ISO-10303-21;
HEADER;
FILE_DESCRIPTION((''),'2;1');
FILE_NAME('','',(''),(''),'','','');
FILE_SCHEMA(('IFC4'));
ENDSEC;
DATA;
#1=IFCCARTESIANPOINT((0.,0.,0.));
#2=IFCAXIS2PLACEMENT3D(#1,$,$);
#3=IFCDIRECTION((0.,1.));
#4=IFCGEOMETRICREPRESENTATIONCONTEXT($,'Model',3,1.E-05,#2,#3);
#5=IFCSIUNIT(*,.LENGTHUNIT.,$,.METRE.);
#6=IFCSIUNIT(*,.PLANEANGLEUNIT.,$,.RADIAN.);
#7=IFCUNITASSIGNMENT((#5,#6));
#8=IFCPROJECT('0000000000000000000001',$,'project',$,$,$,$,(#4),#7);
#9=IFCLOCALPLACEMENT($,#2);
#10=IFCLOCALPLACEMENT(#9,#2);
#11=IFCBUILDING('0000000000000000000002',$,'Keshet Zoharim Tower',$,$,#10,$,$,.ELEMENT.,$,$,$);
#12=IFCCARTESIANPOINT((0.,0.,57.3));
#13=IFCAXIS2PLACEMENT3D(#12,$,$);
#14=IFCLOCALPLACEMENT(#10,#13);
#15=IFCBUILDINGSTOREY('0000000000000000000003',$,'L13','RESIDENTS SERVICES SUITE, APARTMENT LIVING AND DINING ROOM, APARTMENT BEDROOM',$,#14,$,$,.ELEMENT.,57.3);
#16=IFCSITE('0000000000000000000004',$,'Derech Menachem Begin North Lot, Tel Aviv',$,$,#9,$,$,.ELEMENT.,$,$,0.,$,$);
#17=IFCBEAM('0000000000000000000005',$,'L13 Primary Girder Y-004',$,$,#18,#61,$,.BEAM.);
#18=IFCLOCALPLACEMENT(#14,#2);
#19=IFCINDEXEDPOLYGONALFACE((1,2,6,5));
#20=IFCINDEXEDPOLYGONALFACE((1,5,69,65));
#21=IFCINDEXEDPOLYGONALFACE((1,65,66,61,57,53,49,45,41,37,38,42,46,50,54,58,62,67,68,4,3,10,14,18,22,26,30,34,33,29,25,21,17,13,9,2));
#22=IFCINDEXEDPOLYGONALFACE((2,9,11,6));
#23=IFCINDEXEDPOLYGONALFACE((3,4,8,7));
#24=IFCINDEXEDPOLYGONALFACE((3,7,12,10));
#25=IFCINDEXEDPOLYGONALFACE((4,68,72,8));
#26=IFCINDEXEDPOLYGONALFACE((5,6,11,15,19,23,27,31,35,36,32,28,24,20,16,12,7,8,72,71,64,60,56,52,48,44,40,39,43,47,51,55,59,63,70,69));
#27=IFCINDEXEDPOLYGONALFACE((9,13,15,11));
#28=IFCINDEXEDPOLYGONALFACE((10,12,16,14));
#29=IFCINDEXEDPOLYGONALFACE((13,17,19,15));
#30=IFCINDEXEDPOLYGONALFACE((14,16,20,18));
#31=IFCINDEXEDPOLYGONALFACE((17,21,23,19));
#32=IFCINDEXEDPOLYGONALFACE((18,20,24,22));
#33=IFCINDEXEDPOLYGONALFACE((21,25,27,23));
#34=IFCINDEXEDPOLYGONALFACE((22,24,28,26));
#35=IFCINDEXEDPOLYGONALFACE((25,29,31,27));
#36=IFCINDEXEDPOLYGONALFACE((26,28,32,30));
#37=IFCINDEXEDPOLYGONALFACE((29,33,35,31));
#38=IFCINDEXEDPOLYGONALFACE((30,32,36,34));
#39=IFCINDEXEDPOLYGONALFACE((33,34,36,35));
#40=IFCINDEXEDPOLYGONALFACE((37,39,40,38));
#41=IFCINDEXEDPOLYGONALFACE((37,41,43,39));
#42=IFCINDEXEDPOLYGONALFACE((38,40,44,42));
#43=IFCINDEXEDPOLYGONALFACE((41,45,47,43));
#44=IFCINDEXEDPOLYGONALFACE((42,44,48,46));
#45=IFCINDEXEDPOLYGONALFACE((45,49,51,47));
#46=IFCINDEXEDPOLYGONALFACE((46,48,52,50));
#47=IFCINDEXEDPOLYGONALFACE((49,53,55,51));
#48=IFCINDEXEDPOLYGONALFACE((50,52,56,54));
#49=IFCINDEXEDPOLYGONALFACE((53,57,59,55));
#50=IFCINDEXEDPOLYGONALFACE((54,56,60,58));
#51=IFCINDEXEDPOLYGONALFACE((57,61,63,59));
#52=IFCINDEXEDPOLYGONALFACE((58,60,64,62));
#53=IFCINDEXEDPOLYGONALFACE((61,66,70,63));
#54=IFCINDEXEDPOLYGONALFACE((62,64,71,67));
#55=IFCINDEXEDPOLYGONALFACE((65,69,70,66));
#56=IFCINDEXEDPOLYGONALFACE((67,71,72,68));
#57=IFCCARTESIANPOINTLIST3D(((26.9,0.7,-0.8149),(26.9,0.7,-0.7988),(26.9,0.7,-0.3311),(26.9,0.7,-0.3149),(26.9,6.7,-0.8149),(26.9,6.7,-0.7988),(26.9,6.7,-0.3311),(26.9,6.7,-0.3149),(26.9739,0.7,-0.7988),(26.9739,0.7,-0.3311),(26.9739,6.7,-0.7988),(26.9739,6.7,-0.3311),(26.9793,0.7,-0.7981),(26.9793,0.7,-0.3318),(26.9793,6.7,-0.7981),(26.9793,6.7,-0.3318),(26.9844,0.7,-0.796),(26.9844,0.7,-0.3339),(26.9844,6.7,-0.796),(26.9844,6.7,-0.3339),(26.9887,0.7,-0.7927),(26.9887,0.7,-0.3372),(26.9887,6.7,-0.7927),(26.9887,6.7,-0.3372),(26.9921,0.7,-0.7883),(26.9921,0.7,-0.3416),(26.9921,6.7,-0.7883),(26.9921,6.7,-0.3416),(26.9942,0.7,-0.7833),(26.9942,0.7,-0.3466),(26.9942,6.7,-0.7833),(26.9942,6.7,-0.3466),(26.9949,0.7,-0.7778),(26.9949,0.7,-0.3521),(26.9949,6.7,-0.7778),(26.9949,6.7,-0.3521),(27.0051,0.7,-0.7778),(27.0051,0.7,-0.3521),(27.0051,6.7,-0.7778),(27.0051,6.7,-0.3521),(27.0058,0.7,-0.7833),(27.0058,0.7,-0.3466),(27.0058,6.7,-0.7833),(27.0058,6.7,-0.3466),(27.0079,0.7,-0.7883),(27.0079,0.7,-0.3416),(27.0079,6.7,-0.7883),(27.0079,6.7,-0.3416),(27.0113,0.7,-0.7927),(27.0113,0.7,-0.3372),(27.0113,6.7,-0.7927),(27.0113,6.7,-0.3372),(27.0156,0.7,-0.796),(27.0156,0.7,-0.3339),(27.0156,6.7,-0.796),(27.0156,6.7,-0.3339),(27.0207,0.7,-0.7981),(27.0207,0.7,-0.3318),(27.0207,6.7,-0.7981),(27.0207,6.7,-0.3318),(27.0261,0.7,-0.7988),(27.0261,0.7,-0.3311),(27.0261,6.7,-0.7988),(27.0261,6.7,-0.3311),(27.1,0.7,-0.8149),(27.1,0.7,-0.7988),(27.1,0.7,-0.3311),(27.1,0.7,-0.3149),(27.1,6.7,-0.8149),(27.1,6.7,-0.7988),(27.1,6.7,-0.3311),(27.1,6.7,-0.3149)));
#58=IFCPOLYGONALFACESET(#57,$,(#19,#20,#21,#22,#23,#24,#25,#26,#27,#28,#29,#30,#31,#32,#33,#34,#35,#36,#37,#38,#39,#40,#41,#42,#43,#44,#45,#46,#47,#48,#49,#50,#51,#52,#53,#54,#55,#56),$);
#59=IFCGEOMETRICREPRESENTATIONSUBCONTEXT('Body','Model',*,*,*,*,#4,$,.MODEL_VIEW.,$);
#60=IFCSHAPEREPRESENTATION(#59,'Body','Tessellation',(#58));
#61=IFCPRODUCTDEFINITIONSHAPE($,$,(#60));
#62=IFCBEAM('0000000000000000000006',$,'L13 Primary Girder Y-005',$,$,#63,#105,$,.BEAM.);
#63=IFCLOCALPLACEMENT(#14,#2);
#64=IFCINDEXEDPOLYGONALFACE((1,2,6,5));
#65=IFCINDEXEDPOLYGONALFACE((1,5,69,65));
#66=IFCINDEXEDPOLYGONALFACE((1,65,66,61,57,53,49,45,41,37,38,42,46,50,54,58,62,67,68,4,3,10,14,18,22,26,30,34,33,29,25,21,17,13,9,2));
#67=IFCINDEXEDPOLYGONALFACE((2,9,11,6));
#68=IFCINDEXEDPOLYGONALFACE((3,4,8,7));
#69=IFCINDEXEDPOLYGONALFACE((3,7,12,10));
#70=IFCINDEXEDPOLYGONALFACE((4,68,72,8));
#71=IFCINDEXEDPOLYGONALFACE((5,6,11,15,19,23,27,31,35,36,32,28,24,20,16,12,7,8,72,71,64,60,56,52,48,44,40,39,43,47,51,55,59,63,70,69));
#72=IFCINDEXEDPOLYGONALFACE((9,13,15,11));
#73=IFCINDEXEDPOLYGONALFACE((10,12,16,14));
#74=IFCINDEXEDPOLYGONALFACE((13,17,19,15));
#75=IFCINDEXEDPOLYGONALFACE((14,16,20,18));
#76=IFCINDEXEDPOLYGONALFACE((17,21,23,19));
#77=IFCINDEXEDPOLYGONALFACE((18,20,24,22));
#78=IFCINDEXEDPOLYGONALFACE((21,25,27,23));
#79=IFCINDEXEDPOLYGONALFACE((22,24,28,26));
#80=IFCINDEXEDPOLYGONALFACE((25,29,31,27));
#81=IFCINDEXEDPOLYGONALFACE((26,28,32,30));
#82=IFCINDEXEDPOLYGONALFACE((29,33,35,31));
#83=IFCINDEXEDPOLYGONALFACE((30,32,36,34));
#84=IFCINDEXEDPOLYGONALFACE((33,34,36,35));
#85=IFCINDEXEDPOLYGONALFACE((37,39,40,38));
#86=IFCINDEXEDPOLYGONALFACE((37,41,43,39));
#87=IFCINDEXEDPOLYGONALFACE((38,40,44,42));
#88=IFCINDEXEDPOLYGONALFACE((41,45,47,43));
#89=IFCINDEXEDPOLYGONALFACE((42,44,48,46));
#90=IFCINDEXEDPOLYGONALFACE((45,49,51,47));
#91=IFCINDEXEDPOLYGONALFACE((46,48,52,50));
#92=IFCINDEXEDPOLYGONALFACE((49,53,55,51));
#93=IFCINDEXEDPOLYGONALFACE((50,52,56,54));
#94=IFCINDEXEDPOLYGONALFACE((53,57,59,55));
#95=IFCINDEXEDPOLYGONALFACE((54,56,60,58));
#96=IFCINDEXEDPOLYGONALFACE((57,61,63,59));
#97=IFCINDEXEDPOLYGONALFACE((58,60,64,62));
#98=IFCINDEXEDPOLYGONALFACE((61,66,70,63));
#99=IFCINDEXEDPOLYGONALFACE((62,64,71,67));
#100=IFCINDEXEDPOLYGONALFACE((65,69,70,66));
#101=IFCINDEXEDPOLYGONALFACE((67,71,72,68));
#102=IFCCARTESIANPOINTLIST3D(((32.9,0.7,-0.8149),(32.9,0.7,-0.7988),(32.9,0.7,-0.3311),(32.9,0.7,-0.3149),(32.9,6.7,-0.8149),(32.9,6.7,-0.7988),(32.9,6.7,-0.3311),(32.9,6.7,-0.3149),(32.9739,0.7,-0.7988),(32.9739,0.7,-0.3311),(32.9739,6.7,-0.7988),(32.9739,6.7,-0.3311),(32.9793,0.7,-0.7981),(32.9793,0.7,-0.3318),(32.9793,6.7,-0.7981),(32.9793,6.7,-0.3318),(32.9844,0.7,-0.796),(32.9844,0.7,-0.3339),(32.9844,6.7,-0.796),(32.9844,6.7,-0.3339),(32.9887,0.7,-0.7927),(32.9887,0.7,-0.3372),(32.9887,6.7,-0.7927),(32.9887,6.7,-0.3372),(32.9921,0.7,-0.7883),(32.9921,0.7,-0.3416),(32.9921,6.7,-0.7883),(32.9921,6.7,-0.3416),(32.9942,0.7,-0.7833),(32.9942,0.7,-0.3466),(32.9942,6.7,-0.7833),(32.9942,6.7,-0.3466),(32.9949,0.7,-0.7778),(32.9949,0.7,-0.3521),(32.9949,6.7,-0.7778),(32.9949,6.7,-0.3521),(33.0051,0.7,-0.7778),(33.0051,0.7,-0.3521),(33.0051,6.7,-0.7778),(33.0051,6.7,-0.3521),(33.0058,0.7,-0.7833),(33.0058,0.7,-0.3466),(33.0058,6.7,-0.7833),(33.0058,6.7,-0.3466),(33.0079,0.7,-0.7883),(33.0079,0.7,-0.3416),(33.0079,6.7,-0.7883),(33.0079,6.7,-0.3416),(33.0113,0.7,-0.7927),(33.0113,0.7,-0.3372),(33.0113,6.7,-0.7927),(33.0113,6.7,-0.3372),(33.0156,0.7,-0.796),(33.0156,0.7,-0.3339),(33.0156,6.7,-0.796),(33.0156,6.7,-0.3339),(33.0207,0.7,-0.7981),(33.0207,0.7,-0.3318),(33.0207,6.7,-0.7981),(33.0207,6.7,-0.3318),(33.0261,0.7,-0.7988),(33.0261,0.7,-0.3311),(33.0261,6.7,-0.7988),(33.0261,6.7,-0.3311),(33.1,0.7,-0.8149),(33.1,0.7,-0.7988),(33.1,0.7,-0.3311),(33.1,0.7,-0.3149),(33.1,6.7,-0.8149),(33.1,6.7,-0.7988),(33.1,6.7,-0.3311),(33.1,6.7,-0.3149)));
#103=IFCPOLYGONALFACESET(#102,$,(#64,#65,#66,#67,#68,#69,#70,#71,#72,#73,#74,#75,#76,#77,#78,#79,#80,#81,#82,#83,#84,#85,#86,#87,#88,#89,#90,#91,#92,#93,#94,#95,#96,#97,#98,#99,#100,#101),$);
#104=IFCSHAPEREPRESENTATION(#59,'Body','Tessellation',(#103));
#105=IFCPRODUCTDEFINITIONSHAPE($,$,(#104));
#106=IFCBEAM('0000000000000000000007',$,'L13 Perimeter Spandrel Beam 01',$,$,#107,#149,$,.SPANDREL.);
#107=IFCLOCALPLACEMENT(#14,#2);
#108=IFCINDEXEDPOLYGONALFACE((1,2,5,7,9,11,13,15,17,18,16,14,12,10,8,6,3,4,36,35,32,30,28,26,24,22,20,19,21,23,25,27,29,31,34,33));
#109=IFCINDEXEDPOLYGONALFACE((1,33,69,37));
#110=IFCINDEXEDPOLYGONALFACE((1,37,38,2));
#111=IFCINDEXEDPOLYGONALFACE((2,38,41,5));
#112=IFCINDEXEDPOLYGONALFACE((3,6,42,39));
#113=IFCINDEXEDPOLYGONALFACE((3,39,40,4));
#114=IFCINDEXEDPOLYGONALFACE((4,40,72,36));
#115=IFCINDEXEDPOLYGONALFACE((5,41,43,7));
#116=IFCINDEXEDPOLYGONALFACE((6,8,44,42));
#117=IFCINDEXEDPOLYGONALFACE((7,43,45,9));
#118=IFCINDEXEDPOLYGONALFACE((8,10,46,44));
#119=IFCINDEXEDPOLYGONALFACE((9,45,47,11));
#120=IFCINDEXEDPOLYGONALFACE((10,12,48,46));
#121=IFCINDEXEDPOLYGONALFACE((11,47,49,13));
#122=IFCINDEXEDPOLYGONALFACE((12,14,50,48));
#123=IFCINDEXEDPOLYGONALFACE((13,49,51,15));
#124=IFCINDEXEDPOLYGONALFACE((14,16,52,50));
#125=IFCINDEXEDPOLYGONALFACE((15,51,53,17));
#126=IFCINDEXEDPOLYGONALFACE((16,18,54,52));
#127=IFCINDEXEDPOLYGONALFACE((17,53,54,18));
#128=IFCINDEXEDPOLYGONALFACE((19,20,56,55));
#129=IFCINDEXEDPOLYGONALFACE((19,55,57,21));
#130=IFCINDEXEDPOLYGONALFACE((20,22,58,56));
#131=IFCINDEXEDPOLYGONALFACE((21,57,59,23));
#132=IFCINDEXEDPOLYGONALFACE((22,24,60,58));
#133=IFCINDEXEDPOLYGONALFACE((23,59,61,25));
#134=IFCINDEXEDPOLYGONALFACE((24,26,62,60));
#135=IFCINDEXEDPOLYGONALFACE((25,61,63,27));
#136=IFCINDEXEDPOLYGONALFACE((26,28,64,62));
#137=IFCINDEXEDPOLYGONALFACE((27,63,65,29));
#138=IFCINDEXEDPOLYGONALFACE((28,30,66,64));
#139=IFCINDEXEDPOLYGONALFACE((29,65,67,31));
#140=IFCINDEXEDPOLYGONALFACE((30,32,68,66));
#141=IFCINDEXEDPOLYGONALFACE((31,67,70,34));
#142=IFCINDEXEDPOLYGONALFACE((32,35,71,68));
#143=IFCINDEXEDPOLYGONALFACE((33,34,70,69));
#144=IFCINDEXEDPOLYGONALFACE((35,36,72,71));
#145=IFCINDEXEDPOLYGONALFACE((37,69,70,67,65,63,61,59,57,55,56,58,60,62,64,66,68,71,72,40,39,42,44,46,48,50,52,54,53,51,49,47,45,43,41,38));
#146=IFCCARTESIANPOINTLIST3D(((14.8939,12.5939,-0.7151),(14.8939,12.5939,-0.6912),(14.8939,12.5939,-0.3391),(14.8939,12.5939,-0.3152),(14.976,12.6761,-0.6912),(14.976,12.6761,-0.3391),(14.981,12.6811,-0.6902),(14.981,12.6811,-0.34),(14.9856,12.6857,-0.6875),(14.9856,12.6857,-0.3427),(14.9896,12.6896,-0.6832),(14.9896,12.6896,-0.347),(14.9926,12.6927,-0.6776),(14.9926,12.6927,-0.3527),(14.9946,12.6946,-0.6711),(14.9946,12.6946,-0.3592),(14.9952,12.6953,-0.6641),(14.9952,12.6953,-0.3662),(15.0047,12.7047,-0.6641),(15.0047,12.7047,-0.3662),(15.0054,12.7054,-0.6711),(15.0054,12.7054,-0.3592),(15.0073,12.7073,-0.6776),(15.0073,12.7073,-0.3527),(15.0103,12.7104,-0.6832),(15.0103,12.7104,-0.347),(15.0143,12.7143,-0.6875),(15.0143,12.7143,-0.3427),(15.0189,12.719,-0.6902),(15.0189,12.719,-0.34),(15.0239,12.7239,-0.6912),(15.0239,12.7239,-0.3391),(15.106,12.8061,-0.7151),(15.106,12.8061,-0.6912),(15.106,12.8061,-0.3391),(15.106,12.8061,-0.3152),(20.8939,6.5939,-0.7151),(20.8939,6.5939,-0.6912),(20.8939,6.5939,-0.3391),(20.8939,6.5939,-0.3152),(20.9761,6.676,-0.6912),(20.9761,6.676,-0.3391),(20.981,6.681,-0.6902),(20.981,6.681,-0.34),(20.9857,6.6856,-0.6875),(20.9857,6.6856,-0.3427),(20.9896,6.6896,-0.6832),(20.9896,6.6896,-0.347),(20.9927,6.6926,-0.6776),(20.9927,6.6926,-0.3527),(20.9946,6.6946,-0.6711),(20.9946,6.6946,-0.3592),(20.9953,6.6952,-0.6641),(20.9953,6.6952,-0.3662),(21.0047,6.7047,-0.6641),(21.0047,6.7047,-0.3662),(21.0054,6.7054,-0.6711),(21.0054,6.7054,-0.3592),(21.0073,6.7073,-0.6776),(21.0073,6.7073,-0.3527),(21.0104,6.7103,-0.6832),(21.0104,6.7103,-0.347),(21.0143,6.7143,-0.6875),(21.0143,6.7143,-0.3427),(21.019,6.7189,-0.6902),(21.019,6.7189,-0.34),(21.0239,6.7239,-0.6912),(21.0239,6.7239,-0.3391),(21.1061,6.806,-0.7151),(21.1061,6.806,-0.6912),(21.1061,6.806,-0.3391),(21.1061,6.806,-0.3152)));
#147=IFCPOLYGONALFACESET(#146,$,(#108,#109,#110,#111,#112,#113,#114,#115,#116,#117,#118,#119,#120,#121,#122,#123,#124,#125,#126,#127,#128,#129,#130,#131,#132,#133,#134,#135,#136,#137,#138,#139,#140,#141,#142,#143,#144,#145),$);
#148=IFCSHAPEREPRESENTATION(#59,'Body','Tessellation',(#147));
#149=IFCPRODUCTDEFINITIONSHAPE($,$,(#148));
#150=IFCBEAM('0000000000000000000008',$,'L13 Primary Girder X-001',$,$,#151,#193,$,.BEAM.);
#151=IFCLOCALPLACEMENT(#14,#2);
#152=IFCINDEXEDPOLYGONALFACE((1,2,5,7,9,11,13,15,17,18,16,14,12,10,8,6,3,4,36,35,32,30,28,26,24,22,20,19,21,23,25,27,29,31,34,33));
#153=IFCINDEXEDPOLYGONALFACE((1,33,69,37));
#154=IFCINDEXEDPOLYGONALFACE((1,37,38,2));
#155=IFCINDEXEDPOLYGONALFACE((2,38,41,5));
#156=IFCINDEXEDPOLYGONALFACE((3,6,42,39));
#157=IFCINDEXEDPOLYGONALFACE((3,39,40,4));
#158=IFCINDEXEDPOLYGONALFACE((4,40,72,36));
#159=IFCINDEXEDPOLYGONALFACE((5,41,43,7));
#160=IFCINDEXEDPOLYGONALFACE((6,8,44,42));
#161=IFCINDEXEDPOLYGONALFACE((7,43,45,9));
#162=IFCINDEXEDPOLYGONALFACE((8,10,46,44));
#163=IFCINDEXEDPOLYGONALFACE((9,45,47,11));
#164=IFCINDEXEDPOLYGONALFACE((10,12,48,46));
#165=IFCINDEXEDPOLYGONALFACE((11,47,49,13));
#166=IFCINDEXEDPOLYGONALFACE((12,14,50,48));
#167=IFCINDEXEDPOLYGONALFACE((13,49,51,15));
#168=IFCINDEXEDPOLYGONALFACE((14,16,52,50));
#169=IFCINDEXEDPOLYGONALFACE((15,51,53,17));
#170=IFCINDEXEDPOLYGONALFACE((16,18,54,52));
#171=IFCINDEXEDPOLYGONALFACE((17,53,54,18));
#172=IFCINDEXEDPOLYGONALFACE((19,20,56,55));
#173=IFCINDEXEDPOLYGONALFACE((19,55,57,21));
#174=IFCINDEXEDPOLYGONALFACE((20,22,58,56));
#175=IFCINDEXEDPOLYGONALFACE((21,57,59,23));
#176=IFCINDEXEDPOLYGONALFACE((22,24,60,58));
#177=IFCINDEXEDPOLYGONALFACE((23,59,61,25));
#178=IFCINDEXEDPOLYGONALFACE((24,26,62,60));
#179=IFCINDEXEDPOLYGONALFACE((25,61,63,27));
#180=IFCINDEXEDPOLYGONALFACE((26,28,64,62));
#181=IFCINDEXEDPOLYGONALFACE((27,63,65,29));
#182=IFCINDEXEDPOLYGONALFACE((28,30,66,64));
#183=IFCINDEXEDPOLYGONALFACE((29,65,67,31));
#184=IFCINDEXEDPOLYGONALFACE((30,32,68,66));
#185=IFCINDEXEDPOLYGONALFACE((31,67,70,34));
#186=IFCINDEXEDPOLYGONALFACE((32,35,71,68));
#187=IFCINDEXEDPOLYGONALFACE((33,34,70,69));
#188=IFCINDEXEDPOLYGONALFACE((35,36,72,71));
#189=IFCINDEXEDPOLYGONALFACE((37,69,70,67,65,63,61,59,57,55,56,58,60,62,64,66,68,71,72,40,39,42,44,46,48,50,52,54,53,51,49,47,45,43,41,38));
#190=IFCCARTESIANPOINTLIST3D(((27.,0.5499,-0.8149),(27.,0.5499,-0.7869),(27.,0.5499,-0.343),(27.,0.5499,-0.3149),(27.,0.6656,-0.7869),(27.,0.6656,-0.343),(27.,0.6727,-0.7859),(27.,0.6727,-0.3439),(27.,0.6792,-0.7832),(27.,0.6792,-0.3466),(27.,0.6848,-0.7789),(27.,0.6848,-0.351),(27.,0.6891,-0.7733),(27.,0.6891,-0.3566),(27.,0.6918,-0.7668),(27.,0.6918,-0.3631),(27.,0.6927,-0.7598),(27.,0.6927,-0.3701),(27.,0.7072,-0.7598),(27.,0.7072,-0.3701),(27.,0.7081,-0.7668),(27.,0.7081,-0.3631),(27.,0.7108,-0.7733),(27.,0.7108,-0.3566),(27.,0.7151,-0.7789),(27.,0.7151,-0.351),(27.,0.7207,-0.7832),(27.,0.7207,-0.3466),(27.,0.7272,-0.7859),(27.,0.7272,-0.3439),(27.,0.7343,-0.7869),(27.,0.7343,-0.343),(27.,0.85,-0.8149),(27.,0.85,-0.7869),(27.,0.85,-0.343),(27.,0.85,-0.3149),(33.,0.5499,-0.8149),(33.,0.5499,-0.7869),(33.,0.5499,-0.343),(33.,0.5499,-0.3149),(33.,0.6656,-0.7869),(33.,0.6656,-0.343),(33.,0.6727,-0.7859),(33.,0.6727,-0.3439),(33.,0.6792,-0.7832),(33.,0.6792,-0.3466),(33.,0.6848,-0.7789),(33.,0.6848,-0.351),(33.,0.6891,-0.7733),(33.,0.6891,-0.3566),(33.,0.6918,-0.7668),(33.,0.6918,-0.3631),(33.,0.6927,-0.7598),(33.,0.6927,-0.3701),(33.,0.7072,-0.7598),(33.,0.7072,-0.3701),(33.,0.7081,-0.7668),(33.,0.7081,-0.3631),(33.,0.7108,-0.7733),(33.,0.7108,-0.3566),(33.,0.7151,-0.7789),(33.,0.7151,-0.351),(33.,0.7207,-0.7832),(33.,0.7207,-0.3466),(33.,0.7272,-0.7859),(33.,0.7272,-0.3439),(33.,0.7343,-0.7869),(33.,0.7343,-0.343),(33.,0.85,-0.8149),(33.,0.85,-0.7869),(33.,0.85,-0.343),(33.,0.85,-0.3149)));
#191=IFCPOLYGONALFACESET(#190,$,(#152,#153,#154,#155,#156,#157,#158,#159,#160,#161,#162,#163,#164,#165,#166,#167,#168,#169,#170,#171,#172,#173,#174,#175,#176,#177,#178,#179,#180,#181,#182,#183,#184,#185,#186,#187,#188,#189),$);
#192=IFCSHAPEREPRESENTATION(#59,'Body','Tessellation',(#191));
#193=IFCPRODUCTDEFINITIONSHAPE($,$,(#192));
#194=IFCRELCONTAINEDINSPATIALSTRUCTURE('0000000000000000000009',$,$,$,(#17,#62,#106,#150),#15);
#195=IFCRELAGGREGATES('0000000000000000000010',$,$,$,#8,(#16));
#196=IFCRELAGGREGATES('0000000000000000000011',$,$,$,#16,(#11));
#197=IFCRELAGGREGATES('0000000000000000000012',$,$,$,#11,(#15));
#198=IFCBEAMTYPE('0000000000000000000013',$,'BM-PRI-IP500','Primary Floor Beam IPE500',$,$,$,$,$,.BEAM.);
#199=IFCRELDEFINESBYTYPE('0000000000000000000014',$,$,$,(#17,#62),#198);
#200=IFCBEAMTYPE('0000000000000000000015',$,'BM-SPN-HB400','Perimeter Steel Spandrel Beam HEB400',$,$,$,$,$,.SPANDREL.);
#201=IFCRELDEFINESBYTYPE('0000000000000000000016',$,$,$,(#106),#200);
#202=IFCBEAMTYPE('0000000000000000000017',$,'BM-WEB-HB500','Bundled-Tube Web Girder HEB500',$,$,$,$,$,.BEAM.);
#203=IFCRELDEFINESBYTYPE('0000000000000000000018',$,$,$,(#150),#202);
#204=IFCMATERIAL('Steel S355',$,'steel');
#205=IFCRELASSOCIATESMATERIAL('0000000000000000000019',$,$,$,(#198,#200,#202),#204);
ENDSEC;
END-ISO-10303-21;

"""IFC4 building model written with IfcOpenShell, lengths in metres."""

from ifc_helpers import new_model, si_unit, direction, frame, origin, origin_2d, place, context, subcontext, project, spatial, i_section, extrude, material, material_profile, profile_set, type_object, element, save


model = new_model("IFC4")

# Units and contexts
model_context = context("Model", 3, precision=1e-05, world=origin(), true_north=direction((0.0, 1.0)))
body_context = subcontext(model_context, "Body", "Model", "MODEL_VIEW")
ifc_project = project(units=[si_unit("LENGTHUNIT", "METRE"), si_unit("PLANEANGLEUNIT", "RADIAN")], contexts=[model_context])

# Site, building, storey
site_placement = place(None, origin())
site = spatial("IfcSite", under=ifc_project, at=site_placement, Name="Derech Menachem Begin North Lot, Tel Aviv", CompositionType="ELEMENT", RefElevation=0.0)
building_placement = place(site_placement, origin())
building = spatial("IfcBuilding", under=site, at=building_placement, Name="Keshet Zoharim Tower", CompositionType="ELEMENT")
storey_placement = place(building_placement, frame((0.0, 0.0, 57.3)))
storey = spatial("IfcBuildingStorey", under=building, at=storey_placement, Name="L13", Description="RESIDENTS SERVICES SUITE, APARTMENT LIVING AND DINING ROOM, APARTMENT BEDROOM", CompositionType="ELEMENT", Elevation=57.3)

# Shared definitions
ifc_material_1 = material(Name="Steel S355", Category="steel")

# Beams
ifc_material_profile_1 = material_profile(ifc_material_1, i_section(OverallWidth=0.2, OverallDepth=0.5, WebThickness=0.0103, FlangeThickness=0.0161, FilletRadius=0.021, at=origin_2d()), Name="IPE500")
ifc_profile_set_1 = profile_set([ifc_material_profile_1], Name="Steel S355")
beam_type_1 = type_object("IfcBeamType", Name="BM-PRI-IP500", Description="Primary Floor Beam IPE500", PredefinedType="BEAM", material=ifc_profile_set_1)
for number, where, z_axis, x_axis, name in (
    (1, (27.0, 0.7, -0.5649), (0.0, 1.0, 0.0), (-1.0, 0.0, 0.0), "L13 Primary Girder Y-004"),
    (2, (33.0, 0.7, -0.5649), (0.0, 1.0, 0.0), (-1.0, 0.0, 0.0), "L13 Primary Girder Y-005"),
):
    element("IfcBeam", number, at=place(storey_placement, frame(where, z_axis=z_axis, x_axis=x_axis)), inside=storey, type_object=beam_type_1, Name=name, PredefinedType="BEAM", context=body_context, shape_type="SweptSolid", body=[
        extrude(i_section(OverallWidth=0.2, OverallDepth=0.5, WebThickness=0.0103, FlangeThickness=0.0161, FilletRadius=0.021, at=origin_2d()), origin(), (0.0, 0.0, 1.0), 6.0),
    ])
ifc_material_profile_2 = material_profile(ifc_material_1, i_section(OverallWidth=0.3, OverallDepth=0.3999, WebThickness=0.0134, FlangeThickness=0.0239, FilletRadius=0.0271, at=origin_2d()), Name="HEB400")
ifc_profile_set_2 = profile_set([ifc_material_profile_2], Name="Steel S355")
beam_type_2 = type_object("IfcBeamType", Name="BM-SPN-HB400", Description="Perimeter Steel Spandrel Beam HEB400", PredefinedType="SPANDREL", material=ifc_profile_set_2)
beam_placement = place(storey_placement, frame((21.0, 6.7, -0.5151), z_axis=(-0.707107, 0.707107, 0.0), x_axis=(-0.707107, -0.707107, 0.0)))
element("IfcBeam", 3, at=beam_placement, inside=storey, type_object=beam_type_2, Name="L13 Perimeter Spandrel Beam 01", PredefinedType="SPANDREL", context=body_context, shape_type="SweptSolid", body=[
    extrude(i_section(OverallWidth=0.3, OverallDepth=0.3999, WebThickness=0.0134, FlangeThickness=0.0239, FilletRadius=0.0271, at=origin_2d()), origin(), (0.0, 0.0, 1.0), 8.4854),
])
ifc_material_profile_3 = material_profile(ifc_material_1, i_section(OverallWidth=0.3, OverallDepth=0.5, WebThickness=0.0144, FlangeThickness=0.0281, FilletRadius=0.0271, at=origin_2d()), Name="HEB500")
ifc_profile_set_3 = profile_set([ifc_material_profile_3], Name="Steel S355")
beam_type_3 = type_object("IfcBeamType", Name="BM-WEB-HB500", Description="Bundled-Tube Web Girder HEB500", PredefinedType="BEAM", material=ifc_profile_set_3)
for number, where, z_axis, x_axis, name in (
    (4, (27.0, 0.7, -0.5649), (1.0, 0.0, 0.0), (0.0, 1.0, 0.0), "L13 Primary Girder X-001"),
):
    element("IfcBeam", number, at=place(storey_placement, frame(where, z_axis=z_axis, x_axis=x_axis)), inside=storey, type_object=beam_type_3, Name=name, PredefinedType="BEAM", context=body_context, shape_type="SweptSolid", body=[
        extrude(i_section(OverallWidth=0.3, OverallDepth=0.5, WebThickness=0.0144, FlangeThickness=0.0281, FilletRadius=0.0271, at=origin_2d()), origin(), (0.0, 0.0, 1.0), 6.0),
    ])

save(model, "model.ifc")
